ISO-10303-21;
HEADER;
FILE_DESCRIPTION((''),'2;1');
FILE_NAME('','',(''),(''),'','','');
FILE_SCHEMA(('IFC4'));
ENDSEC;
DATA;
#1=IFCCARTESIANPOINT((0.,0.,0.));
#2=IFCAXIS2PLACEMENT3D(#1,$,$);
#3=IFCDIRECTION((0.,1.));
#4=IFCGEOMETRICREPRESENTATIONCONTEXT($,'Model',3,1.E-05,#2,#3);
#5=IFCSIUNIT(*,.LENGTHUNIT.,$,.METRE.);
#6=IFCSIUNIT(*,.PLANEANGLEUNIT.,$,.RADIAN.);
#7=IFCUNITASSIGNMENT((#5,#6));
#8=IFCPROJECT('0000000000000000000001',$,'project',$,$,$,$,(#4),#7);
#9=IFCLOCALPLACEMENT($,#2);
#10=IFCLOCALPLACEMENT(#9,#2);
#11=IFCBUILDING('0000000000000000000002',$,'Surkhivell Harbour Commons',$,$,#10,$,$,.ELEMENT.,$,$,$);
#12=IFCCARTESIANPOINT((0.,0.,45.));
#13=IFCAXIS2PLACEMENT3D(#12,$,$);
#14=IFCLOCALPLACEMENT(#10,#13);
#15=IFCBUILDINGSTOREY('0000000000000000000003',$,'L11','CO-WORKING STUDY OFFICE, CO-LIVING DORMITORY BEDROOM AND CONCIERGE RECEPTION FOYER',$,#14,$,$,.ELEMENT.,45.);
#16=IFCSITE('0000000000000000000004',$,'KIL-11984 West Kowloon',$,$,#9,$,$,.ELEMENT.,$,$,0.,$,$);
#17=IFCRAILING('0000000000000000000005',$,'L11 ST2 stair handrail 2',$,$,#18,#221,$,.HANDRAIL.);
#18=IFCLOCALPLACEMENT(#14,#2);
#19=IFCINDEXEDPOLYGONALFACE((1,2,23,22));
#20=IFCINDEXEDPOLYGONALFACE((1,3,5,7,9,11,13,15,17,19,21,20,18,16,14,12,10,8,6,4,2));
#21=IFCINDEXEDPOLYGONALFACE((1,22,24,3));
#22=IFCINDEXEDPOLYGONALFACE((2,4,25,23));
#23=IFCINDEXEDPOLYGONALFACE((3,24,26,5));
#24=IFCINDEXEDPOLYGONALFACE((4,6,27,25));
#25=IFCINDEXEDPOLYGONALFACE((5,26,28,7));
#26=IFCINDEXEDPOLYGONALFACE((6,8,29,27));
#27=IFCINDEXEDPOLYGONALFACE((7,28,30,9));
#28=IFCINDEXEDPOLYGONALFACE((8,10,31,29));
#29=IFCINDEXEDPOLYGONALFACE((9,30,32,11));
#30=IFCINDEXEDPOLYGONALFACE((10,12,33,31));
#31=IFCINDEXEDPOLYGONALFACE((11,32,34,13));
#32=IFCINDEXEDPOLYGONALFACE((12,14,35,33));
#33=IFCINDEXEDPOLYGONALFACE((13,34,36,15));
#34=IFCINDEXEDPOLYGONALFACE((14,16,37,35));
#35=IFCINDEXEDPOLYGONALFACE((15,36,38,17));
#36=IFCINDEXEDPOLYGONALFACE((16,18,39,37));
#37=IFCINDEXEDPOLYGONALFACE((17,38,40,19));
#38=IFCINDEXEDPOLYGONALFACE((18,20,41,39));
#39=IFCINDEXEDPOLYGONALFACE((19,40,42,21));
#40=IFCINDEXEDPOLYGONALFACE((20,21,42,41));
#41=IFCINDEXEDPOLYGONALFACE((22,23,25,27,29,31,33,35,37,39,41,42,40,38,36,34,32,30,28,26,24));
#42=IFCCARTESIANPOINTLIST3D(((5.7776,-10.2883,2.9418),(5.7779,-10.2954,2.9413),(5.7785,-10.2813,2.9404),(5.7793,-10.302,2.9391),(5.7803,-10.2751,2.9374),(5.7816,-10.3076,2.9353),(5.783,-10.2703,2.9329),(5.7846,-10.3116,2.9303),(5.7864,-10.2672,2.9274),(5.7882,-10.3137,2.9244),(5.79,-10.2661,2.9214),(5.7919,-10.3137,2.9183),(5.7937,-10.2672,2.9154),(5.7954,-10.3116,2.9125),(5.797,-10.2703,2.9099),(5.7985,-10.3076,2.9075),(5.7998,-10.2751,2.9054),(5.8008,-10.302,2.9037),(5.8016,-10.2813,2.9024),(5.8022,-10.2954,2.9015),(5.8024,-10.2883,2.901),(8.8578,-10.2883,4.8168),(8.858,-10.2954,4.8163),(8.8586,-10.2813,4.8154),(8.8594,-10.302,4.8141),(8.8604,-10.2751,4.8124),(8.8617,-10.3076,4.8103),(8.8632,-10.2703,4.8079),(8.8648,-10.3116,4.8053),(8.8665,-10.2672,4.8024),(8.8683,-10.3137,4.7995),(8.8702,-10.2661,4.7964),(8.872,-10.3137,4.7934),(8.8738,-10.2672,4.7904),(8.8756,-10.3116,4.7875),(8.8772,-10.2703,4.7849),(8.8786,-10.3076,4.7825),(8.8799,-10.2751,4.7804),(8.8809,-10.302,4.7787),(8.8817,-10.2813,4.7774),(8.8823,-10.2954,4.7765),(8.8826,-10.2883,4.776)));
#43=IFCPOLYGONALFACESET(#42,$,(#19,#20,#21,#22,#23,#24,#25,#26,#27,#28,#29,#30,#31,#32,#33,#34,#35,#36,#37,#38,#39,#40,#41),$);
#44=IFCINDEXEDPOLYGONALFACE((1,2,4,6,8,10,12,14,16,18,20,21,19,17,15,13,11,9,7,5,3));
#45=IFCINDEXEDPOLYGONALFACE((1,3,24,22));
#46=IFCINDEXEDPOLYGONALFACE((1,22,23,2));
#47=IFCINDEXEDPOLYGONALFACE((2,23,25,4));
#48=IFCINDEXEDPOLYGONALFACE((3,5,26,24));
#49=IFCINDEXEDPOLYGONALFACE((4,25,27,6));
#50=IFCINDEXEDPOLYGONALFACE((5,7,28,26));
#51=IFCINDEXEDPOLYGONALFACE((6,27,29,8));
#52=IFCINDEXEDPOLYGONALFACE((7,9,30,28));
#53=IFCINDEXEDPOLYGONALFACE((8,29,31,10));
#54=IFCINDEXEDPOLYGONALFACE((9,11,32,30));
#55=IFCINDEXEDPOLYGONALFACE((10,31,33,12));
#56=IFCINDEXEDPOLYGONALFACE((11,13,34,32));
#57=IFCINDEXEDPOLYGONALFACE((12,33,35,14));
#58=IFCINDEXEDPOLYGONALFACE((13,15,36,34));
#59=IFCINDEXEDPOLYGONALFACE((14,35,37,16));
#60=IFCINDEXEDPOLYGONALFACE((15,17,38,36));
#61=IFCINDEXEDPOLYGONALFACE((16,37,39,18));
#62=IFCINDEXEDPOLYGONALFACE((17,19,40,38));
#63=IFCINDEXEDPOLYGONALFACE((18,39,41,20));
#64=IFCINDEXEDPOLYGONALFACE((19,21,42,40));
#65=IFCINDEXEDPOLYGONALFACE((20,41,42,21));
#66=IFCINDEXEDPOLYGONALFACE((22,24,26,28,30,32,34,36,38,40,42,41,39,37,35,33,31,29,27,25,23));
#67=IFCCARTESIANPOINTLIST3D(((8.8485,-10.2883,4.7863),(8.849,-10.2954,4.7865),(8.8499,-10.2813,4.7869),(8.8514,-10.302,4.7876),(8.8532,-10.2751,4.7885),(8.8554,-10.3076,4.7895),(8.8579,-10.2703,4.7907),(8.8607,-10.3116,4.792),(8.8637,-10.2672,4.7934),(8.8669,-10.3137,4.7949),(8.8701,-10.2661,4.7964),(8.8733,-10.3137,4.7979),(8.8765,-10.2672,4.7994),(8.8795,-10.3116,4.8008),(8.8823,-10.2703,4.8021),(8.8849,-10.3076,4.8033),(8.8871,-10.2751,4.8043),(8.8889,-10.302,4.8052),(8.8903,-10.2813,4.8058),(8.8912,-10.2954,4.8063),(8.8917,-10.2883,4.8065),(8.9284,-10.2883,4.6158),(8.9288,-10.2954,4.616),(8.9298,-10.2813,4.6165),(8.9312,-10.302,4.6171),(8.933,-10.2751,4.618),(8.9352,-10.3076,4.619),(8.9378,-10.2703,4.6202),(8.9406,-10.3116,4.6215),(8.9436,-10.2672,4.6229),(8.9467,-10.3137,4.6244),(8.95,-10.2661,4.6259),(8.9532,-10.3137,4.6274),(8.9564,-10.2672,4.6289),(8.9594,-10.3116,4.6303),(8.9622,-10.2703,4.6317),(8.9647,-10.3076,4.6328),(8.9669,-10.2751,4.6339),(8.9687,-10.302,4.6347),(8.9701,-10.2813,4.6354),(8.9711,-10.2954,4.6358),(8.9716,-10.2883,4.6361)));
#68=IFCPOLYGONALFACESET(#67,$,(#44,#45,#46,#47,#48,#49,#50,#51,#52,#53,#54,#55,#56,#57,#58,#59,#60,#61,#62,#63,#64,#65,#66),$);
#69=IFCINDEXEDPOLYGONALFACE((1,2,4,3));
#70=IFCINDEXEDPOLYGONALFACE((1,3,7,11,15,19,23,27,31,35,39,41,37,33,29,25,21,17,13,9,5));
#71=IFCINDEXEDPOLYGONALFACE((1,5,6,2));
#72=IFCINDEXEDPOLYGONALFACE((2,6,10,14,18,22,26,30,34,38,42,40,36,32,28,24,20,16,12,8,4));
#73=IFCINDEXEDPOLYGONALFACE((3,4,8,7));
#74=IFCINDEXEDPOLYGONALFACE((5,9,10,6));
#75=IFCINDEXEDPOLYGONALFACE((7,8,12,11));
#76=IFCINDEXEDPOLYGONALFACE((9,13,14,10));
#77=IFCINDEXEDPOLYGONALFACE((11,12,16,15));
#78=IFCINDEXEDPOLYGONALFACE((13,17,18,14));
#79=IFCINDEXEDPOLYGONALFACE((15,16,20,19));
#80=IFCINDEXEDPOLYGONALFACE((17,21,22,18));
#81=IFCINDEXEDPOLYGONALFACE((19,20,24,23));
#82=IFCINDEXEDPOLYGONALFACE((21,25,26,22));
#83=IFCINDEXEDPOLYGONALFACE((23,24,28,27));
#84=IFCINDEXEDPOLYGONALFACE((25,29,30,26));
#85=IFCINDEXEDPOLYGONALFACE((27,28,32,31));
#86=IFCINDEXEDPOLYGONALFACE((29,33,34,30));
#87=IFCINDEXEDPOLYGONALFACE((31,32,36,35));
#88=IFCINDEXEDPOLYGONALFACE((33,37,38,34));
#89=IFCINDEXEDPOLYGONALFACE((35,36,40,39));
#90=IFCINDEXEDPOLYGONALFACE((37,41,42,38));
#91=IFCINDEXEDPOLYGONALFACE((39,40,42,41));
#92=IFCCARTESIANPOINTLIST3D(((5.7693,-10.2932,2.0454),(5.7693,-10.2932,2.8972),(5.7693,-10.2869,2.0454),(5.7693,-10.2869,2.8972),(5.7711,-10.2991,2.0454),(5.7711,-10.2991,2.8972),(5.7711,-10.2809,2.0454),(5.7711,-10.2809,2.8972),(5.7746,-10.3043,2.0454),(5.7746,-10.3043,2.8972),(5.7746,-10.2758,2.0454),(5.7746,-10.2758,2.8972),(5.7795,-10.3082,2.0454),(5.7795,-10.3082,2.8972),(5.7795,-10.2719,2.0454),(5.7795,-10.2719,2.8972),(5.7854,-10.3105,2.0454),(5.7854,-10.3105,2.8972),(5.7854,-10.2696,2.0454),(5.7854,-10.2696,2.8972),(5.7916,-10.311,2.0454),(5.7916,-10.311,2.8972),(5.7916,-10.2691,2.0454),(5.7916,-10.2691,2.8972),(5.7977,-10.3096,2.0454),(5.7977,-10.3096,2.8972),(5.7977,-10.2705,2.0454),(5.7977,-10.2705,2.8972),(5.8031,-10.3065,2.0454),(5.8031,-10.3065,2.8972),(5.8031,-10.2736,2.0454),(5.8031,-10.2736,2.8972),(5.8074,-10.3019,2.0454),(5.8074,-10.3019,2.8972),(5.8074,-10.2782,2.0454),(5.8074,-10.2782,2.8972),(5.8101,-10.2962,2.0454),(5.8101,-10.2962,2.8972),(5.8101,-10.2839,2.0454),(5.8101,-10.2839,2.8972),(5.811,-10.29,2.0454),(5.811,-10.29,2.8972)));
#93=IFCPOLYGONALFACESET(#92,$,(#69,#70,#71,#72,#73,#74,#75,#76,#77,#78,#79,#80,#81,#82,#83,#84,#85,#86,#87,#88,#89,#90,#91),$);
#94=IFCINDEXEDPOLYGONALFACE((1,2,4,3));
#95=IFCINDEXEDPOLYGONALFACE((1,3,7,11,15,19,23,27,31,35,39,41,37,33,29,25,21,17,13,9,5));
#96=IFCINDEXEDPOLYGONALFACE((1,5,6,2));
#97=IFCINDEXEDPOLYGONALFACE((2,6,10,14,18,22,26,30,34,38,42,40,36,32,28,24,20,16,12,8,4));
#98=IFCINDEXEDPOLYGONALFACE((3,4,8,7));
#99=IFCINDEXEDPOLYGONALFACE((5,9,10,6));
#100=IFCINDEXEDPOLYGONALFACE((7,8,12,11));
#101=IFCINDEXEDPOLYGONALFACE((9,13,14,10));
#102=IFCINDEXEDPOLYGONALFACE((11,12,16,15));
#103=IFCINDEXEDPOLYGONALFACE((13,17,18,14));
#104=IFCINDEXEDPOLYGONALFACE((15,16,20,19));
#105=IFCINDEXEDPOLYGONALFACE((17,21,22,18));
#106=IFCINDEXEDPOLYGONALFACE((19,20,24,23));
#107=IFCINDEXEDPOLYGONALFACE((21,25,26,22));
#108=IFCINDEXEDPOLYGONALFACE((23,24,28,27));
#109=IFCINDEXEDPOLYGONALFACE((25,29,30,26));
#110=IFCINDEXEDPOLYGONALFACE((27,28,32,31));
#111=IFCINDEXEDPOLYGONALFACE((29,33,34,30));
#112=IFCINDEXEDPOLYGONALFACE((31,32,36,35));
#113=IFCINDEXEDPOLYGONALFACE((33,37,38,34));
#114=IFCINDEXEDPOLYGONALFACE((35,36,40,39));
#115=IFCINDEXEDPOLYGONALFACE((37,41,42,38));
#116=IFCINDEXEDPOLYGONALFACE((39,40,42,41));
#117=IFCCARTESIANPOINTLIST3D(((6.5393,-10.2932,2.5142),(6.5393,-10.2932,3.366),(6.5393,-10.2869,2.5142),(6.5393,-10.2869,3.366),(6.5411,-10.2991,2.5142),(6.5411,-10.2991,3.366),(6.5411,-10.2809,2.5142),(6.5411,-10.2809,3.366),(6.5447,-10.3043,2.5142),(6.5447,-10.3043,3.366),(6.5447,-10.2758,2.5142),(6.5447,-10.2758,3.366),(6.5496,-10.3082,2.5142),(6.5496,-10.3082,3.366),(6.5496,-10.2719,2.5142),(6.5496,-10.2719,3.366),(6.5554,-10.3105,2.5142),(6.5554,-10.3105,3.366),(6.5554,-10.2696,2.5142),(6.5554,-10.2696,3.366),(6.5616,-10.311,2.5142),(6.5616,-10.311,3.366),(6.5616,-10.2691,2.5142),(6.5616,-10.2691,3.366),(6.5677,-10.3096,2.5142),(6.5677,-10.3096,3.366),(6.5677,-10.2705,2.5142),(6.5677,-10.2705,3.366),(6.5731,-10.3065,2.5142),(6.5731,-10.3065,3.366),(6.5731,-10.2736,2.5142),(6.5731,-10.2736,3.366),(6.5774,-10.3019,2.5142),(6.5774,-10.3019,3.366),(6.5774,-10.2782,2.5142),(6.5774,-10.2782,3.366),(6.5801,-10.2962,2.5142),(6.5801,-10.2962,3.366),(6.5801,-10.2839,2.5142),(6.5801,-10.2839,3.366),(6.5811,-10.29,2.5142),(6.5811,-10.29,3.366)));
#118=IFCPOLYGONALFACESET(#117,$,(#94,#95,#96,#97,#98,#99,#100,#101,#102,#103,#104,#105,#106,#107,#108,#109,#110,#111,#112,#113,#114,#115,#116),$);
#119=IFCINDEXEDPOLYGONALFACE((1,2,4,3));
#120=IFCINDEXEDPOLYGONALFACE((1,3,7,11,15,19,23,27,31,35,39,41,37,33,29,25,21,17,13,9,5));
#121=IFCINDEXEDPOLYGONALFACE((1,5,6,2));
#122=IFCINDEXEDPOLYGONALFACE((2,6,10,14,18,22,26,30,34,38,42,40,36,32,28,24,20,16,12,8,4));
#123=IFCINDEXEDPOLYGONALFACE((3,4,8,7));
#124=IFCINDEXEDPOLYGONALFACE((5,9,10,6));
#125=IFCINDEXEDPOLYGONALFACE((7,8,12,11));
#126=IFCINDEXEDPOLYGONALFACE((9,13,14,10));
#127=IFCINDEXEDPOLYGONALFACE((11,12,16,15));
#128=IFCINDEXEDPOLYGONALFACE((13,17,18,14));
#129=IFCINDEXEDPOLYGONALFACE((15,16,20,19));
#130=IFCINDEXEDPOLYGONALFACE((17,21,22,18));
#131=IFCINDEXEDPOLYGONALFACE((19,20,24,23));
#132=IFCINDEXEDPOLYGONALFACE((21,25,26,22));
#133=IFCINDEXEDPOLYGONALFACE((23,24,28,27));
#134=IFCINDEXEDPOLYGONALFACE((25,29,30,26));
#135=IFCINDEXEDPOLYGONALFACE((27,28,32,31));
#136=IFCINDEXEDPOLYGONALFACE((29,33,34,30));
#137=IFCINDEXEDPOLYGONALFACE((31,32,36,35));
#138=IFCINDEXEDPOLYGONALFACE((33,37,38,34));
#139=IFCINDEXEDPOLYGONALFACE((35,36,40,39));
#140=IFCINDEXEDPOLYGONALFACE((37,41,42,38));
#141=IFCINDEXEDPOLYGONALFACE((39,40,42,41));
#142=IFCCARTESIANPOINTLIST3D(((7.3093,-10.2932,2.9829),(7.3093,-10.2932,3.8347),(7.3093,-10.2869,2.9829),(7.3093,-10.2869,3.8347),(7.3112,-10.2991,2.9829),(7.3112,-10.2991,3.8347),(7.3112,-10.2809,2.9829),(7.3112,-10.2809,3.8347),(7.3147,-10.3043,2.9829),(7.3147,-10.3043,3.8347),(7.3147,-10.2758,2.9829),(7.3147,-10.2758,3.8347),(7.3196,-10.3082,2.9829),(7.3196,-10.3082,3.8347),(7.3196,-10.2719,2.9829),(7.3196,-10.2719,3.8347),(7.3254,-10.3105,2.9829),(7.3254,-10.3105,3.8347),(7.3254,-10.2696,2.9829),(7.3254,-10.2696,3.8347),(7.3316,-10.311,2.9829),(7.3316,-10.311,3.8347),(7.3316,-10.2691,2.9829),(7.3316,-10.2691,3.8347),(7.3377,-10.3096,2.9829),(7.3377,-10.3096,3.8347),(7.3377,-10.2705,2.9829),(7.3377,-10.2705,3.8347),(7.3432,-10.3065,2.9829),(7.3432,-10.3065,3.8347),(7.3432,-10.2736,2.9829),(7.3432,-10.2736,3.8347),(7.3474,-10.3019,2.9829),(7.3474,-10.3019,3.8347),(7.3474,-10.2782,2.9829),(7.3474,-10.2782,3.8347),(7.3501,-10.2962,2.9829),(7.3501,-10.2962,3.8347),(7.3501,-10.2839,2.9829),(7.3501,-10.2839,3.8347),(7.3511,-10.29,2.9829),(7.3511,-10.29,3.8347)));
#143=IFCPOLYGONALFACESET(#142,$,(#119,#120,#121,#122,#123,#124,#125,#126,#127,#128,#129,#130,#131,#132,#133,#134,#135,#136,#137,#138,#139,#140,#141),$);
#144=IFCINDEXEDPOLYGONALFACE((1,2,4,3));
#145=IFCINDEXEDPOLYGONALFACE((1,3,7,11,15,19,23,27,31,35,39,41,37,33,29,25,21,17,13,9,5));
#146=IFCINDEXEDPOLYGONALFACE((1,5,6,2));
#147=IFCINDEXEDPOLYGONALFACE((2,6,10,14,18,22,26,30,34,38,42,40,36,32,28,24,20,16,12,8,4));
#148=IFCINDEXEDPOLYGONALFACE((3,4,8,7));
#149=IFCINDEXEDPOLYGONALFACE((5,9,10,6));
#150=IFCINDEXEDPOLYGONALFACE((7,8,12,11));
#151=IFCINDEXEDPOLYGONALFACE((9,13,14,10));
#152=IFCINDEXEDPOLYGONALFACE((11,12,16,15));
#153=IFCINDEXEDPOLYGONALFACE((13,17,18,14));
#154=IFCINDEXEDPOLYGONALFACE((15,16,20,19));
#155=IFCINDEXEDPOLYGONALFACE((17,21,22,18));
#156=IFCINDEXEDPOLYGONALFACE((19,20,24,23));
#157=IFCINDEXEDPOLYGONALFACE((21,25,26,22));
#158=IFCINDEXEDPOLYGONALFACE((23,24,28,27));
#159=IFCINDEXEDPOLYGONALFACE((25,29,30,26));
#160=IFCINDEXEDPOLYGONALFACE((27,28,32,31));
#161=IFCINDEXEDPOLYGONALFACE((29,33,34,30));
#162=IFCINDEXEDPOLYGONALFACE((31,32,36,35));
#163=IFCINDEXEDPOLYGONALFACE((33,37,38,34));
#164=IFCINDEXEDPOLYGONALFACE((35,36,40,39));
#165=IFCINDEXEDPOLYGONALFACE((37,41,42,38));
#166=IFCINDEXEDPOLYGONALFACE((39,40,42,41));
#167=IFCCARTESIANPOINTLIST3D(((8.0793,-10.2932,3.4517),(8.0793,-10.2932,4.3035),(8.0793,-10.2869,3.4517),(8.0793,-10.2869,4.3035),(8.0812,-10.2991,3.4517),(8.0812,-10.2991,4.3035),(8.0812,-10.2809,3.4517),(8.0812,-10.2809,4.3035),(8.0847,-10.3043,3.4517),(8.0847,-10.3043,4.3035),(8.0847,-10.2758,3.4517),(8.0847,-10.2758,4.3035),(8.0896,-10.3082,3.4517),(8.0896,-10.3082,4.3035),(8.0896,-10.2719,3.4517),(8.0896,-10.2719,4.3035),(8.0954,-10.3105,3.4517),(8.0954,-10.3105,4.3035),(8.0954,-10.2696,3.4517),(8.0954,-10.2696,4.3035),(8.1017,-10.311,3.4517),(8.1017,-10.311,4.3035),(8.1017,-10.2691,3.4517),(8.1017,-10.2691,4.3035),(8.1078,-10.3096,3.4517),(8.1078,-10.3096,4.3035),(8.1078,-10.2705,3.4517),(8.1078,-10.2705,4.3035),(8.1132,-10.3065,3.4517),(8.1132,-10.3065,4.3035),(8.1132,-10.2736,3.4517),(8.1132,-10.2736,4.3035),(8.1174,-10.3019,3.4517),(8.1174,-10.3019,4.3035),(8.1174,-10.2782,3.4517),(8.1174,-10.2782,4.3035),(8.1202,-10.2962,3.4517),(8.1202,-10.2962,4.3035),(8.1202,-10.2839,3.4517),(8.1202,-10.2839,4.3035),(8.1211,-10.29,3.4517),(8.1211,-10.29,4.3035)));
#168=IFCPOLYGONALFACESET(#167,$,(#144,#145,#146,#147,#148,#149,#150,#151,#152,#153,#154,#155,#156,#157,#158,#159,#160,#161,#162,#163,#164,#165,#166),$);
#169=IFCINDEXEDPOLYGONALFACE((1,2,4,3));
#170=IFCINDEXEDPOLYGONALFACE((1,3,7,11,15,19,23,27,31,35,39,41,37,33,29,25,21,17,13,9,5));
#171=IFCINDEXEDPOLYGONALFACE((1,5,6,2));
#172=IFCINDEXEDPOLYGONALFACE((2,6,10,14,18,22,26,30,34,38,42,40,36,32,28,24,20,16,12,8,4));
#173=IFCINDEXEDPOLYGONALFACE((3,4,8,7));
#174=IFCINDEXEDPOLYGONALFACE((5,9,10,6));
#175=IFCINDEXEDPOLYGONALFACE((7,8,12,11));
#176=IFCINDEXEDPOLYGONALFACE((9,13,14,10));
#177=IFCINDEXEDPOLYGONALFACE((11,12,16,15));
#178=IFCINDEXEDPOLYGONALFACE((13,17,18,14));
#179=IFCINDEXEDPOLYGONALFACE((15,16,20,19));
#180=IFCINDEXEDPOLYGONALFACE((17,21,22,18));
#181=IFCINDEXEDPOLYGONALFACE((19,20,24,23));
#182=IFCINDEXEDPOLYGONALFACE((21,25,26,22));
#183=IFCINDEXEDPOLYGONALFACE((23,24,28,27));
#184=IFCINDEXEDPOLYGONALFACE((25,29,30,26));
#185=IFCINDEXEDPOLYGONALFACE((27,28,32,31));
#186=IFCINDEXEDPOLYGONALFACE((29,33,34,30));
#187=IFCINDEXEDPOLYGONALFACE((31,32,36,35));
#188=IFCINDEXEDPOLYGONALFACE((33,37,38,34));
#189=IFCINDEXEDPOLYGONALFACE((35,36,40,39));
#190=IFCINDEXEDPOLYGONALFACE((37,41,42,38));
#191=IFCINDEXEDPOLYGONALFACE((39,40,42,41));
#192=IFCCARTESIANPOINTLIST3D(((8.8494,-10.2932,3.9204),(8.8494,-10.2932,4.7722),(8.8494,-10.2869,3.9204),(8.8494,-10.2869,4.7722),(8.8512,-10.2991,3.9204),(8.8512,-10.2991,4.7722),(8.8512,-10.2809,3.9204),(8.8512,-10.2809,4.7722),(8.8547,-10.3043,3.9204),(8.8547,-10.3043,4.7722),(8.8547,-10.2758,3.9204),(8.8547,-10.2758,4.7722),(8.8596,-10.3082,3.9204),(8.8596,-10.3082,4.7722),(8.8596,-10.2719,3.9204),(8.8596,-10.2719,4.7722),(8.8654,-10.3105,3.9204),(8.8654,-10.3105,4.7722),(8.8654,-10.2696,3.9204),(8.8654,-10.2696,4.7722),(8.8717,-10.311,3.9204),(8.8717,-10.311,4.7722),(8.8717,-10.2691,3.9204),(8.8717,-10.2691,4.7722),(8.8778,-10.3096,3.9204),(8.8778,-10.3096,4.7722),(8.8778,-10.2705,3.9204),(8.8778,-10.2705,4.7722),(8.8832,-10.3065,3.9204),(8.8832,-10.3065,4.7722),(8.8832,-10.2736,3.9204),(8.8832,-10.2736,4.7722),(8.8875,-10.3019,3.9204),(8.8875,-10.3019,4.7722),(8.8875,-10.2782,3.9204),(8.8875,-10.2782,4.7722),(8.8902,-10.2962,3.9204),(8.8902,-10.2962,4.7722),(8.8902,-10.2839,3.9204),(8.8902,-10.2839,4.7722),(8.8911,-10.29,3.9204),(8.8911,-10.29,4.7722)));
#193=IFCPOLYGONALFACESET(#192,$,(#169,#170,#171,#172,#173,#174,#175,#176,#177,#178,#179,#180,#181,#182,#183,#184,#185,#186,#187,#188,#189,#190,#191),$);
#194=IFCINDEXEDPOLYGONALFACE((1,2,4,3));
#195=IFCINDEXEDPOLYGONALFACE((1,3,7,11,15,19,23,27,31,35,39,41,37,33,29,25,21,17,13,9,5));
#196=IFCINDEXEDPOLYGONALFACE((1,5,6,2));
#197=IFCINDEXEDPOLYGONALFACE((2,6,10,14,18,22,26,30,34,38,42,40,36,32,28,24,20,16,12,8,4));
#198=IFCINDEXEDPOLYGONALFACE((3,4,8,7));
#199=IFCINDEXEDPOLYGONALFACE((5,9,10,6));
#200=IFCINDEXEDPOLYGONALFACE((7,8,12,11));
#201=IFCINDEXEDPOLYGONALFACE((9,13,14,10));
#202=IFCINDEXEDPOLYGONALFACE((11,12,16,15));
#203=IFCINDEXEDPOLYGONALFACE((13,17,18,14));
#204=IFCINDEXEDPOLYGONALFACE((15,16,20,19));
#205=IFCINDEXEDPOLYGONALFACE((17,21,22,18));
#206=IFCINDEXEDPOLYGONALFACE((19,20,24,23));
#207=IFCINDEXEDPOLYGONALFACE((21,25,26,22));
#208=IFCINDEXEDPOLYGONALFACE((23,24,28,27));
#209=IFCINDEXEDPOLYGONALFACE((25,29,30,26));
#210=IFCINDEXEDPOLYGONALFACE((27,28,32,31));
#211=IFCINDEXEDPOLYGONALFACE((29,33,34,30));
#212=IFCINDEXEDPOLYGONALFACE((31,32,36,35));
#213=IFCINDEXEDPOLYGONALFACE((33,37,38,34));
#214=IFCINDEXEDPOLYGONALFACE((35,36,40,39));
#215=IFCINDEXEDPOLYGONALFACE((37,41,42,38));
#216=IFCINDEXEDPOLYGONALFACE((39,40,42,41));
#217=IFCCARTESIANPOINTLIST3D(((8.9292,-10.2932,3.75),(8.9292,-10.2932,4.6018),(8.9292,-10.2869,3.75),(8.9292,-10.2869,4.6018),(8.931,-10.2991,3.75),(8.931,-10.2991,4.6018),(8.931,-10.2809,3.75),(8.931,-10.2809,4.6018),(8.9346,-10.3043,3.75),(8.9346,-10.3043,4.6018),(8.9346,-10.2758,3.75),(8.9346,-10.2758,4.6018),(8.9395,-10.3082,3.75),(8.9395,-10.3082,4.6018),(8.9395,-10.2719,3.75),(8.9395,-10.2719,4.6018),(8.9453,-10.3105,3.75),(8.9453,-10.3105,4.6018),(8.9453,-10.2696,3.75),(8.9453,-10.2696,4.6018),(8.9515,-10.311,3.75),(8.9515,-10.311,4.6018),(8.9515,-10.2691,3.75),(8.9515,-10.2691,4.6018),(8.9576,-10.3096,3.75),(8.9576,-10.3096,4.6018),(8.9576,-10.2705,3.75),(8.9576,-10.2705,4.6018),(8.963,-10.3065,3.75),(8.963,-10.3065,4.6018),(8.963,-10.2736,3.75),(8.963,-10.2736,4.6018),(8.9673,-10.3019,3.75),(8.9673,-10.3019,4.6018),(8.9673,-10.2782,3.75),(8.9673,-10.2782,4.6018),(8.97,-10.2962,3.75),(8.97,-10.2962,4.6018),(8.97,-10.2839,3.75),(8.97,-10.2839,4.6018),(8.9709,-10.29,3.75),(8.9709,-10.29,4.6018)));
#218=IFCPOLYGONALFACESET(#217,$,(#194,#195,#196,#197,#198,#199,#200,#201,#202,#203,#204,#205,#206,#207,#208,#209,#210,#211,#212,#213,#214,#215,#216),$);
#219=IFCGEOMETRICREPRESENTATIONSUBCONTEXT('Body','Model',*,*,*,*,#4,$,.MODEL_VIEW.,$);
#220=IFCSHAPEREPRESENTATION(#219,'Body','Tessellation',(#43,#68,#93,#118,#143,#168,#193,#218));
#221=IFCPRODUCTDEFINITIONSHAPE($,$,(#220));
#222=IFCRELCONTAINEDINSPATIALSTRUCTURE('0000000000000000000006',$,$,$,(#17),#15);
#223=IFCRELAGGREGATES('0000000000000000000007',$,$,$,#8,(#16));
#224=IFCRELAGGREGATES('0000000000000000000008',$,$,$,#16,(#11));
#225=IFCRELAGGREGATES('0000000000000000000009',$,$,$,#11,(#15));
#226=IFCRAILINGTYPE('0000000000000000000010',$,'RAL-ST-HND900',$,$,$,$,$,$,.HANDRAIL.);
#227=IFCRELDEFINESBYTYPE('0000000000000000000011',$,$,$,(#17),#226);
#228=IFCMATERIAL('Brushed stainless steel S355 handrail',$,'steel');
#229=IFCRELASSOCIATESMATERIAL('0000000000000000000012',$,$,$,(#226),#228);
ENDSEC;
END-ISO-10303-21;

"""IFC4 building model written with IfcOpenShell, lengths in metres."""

from ifc_helpers import new_model, si_unit, direction, frame, origin, origin_2d, place, context, subcontext, project, spatial, circle, extrude, material, type_object, element, save


model = new_model("IFC4")

# Units and contexts
model_context = context("Model", 3, precision=1e-05, world=origin(), true_north=direction((0.0, 1.0)))
body_context = subcontext(model_context, "Body", "Model", "MODEL_VIEW")
ifc_project = project(units=[si_unit("LENGTHUNIT", "METRE"), si_unit("PLANEANGLEUNIT", "RADIAN")], contexts=[model_context])

# Site, building, storey
site_placement = place(None, origin())
site = spatial("IfcSite", under=ifc_project, at=site_placement, Name="KIL-11984 West Kowloon", CompositionType="ELEMENT", RefElevation=0.0)
building_placement = place(site_placement, origin())
building = spatial("IfcBuilding", under=site, at=building_placement, Name="Surkhivell Harbour Commons", CompositionType="ELEMENT")
storey_placement = place(building_placement, frame((0.0, 0.0, 45.0)))
storey = spatial("IfcBuildingStorey", under=building, at=storey_placement, Name="L11", Description="CO-WORKING STUDY OFFICE, CO-LIVING DORMITORY BEDROOM AND CONCIERGE RECEPTION FOYER", CompositionType="ELEMENT", Elevation=45.0)

# Railing
ifc_material_1 = material(Name="Brushed stainless steel S355 handrail", Category="steel")
railing_type_1 = type_object("IfcRailingType", Name="RAL-ST-HND900", PredefinedType="HANDRAIL", material=ifc_material_1)
railing_1_placement = place(storey_placement, frame((5.79, -10.29, 2.0454)))
element("IfcRailing", 1, at=railing_1_placement, inside=storey, type_object=railing_type_1, Name="L11 ST2 stair handrail 2", PredefinedType="HANDRAIL", context=body_context, shape_type="SweptSolid", body=[
    extrude(circle(Radius=0.0239, at=origin_2d()), frame((0.0, 0.0, 0.876), z_axis=(0.854178, 0.0, 0.519981), x_axis=(0.0, 1.0, 0.0)), (0.0, 0.0, 1.0), 3.606),
    extrude(circle(Radius=0.0239, at=origin_2d()), frame((3.0801, 0.0, 2.751), z_axis=(0.424234, 0.0, -0.905552), x_axis=(0.0, 1.0, 0.0)), (0.0, 0.0, 1.0), 0.1882),
    extrude(circle(Radius=0.021, at=origin_2d()), origin(), (0.0, 0.0, 1.0), 0.8518),
    extrude(circle(Radius=0.021, at=origin_2d()), frame((0.77, 0.0, 0.4688)), (0.0, 0.0, 1.0), 0.8518),
    extrude(circle(Radius=0.021, at=origin_2d()), frame((1.54, 0.0, 0.9375)), (0.0, 0.0, 1.0), 0.8518),
    extrude(circle(Radius=0.021, at=origin_2d()), frame((2.3101, 0.0, 1.4062)), (0.0, 0.0, 1.0), 0.8518),
    extrude(circle(Radius=0.021, at=origin_2d()), frame((3.0801, 0.0, 1.875)), (0.0, 0.0, 1.0), 0.8518),
    extrude(circle(Radius=0.021, at=origin_2d()), frame((3.1599, 0.0, 1.7046)), (0.0, 0.0, 1.0), 0.8518),
])

save(model, "model.ifc")
